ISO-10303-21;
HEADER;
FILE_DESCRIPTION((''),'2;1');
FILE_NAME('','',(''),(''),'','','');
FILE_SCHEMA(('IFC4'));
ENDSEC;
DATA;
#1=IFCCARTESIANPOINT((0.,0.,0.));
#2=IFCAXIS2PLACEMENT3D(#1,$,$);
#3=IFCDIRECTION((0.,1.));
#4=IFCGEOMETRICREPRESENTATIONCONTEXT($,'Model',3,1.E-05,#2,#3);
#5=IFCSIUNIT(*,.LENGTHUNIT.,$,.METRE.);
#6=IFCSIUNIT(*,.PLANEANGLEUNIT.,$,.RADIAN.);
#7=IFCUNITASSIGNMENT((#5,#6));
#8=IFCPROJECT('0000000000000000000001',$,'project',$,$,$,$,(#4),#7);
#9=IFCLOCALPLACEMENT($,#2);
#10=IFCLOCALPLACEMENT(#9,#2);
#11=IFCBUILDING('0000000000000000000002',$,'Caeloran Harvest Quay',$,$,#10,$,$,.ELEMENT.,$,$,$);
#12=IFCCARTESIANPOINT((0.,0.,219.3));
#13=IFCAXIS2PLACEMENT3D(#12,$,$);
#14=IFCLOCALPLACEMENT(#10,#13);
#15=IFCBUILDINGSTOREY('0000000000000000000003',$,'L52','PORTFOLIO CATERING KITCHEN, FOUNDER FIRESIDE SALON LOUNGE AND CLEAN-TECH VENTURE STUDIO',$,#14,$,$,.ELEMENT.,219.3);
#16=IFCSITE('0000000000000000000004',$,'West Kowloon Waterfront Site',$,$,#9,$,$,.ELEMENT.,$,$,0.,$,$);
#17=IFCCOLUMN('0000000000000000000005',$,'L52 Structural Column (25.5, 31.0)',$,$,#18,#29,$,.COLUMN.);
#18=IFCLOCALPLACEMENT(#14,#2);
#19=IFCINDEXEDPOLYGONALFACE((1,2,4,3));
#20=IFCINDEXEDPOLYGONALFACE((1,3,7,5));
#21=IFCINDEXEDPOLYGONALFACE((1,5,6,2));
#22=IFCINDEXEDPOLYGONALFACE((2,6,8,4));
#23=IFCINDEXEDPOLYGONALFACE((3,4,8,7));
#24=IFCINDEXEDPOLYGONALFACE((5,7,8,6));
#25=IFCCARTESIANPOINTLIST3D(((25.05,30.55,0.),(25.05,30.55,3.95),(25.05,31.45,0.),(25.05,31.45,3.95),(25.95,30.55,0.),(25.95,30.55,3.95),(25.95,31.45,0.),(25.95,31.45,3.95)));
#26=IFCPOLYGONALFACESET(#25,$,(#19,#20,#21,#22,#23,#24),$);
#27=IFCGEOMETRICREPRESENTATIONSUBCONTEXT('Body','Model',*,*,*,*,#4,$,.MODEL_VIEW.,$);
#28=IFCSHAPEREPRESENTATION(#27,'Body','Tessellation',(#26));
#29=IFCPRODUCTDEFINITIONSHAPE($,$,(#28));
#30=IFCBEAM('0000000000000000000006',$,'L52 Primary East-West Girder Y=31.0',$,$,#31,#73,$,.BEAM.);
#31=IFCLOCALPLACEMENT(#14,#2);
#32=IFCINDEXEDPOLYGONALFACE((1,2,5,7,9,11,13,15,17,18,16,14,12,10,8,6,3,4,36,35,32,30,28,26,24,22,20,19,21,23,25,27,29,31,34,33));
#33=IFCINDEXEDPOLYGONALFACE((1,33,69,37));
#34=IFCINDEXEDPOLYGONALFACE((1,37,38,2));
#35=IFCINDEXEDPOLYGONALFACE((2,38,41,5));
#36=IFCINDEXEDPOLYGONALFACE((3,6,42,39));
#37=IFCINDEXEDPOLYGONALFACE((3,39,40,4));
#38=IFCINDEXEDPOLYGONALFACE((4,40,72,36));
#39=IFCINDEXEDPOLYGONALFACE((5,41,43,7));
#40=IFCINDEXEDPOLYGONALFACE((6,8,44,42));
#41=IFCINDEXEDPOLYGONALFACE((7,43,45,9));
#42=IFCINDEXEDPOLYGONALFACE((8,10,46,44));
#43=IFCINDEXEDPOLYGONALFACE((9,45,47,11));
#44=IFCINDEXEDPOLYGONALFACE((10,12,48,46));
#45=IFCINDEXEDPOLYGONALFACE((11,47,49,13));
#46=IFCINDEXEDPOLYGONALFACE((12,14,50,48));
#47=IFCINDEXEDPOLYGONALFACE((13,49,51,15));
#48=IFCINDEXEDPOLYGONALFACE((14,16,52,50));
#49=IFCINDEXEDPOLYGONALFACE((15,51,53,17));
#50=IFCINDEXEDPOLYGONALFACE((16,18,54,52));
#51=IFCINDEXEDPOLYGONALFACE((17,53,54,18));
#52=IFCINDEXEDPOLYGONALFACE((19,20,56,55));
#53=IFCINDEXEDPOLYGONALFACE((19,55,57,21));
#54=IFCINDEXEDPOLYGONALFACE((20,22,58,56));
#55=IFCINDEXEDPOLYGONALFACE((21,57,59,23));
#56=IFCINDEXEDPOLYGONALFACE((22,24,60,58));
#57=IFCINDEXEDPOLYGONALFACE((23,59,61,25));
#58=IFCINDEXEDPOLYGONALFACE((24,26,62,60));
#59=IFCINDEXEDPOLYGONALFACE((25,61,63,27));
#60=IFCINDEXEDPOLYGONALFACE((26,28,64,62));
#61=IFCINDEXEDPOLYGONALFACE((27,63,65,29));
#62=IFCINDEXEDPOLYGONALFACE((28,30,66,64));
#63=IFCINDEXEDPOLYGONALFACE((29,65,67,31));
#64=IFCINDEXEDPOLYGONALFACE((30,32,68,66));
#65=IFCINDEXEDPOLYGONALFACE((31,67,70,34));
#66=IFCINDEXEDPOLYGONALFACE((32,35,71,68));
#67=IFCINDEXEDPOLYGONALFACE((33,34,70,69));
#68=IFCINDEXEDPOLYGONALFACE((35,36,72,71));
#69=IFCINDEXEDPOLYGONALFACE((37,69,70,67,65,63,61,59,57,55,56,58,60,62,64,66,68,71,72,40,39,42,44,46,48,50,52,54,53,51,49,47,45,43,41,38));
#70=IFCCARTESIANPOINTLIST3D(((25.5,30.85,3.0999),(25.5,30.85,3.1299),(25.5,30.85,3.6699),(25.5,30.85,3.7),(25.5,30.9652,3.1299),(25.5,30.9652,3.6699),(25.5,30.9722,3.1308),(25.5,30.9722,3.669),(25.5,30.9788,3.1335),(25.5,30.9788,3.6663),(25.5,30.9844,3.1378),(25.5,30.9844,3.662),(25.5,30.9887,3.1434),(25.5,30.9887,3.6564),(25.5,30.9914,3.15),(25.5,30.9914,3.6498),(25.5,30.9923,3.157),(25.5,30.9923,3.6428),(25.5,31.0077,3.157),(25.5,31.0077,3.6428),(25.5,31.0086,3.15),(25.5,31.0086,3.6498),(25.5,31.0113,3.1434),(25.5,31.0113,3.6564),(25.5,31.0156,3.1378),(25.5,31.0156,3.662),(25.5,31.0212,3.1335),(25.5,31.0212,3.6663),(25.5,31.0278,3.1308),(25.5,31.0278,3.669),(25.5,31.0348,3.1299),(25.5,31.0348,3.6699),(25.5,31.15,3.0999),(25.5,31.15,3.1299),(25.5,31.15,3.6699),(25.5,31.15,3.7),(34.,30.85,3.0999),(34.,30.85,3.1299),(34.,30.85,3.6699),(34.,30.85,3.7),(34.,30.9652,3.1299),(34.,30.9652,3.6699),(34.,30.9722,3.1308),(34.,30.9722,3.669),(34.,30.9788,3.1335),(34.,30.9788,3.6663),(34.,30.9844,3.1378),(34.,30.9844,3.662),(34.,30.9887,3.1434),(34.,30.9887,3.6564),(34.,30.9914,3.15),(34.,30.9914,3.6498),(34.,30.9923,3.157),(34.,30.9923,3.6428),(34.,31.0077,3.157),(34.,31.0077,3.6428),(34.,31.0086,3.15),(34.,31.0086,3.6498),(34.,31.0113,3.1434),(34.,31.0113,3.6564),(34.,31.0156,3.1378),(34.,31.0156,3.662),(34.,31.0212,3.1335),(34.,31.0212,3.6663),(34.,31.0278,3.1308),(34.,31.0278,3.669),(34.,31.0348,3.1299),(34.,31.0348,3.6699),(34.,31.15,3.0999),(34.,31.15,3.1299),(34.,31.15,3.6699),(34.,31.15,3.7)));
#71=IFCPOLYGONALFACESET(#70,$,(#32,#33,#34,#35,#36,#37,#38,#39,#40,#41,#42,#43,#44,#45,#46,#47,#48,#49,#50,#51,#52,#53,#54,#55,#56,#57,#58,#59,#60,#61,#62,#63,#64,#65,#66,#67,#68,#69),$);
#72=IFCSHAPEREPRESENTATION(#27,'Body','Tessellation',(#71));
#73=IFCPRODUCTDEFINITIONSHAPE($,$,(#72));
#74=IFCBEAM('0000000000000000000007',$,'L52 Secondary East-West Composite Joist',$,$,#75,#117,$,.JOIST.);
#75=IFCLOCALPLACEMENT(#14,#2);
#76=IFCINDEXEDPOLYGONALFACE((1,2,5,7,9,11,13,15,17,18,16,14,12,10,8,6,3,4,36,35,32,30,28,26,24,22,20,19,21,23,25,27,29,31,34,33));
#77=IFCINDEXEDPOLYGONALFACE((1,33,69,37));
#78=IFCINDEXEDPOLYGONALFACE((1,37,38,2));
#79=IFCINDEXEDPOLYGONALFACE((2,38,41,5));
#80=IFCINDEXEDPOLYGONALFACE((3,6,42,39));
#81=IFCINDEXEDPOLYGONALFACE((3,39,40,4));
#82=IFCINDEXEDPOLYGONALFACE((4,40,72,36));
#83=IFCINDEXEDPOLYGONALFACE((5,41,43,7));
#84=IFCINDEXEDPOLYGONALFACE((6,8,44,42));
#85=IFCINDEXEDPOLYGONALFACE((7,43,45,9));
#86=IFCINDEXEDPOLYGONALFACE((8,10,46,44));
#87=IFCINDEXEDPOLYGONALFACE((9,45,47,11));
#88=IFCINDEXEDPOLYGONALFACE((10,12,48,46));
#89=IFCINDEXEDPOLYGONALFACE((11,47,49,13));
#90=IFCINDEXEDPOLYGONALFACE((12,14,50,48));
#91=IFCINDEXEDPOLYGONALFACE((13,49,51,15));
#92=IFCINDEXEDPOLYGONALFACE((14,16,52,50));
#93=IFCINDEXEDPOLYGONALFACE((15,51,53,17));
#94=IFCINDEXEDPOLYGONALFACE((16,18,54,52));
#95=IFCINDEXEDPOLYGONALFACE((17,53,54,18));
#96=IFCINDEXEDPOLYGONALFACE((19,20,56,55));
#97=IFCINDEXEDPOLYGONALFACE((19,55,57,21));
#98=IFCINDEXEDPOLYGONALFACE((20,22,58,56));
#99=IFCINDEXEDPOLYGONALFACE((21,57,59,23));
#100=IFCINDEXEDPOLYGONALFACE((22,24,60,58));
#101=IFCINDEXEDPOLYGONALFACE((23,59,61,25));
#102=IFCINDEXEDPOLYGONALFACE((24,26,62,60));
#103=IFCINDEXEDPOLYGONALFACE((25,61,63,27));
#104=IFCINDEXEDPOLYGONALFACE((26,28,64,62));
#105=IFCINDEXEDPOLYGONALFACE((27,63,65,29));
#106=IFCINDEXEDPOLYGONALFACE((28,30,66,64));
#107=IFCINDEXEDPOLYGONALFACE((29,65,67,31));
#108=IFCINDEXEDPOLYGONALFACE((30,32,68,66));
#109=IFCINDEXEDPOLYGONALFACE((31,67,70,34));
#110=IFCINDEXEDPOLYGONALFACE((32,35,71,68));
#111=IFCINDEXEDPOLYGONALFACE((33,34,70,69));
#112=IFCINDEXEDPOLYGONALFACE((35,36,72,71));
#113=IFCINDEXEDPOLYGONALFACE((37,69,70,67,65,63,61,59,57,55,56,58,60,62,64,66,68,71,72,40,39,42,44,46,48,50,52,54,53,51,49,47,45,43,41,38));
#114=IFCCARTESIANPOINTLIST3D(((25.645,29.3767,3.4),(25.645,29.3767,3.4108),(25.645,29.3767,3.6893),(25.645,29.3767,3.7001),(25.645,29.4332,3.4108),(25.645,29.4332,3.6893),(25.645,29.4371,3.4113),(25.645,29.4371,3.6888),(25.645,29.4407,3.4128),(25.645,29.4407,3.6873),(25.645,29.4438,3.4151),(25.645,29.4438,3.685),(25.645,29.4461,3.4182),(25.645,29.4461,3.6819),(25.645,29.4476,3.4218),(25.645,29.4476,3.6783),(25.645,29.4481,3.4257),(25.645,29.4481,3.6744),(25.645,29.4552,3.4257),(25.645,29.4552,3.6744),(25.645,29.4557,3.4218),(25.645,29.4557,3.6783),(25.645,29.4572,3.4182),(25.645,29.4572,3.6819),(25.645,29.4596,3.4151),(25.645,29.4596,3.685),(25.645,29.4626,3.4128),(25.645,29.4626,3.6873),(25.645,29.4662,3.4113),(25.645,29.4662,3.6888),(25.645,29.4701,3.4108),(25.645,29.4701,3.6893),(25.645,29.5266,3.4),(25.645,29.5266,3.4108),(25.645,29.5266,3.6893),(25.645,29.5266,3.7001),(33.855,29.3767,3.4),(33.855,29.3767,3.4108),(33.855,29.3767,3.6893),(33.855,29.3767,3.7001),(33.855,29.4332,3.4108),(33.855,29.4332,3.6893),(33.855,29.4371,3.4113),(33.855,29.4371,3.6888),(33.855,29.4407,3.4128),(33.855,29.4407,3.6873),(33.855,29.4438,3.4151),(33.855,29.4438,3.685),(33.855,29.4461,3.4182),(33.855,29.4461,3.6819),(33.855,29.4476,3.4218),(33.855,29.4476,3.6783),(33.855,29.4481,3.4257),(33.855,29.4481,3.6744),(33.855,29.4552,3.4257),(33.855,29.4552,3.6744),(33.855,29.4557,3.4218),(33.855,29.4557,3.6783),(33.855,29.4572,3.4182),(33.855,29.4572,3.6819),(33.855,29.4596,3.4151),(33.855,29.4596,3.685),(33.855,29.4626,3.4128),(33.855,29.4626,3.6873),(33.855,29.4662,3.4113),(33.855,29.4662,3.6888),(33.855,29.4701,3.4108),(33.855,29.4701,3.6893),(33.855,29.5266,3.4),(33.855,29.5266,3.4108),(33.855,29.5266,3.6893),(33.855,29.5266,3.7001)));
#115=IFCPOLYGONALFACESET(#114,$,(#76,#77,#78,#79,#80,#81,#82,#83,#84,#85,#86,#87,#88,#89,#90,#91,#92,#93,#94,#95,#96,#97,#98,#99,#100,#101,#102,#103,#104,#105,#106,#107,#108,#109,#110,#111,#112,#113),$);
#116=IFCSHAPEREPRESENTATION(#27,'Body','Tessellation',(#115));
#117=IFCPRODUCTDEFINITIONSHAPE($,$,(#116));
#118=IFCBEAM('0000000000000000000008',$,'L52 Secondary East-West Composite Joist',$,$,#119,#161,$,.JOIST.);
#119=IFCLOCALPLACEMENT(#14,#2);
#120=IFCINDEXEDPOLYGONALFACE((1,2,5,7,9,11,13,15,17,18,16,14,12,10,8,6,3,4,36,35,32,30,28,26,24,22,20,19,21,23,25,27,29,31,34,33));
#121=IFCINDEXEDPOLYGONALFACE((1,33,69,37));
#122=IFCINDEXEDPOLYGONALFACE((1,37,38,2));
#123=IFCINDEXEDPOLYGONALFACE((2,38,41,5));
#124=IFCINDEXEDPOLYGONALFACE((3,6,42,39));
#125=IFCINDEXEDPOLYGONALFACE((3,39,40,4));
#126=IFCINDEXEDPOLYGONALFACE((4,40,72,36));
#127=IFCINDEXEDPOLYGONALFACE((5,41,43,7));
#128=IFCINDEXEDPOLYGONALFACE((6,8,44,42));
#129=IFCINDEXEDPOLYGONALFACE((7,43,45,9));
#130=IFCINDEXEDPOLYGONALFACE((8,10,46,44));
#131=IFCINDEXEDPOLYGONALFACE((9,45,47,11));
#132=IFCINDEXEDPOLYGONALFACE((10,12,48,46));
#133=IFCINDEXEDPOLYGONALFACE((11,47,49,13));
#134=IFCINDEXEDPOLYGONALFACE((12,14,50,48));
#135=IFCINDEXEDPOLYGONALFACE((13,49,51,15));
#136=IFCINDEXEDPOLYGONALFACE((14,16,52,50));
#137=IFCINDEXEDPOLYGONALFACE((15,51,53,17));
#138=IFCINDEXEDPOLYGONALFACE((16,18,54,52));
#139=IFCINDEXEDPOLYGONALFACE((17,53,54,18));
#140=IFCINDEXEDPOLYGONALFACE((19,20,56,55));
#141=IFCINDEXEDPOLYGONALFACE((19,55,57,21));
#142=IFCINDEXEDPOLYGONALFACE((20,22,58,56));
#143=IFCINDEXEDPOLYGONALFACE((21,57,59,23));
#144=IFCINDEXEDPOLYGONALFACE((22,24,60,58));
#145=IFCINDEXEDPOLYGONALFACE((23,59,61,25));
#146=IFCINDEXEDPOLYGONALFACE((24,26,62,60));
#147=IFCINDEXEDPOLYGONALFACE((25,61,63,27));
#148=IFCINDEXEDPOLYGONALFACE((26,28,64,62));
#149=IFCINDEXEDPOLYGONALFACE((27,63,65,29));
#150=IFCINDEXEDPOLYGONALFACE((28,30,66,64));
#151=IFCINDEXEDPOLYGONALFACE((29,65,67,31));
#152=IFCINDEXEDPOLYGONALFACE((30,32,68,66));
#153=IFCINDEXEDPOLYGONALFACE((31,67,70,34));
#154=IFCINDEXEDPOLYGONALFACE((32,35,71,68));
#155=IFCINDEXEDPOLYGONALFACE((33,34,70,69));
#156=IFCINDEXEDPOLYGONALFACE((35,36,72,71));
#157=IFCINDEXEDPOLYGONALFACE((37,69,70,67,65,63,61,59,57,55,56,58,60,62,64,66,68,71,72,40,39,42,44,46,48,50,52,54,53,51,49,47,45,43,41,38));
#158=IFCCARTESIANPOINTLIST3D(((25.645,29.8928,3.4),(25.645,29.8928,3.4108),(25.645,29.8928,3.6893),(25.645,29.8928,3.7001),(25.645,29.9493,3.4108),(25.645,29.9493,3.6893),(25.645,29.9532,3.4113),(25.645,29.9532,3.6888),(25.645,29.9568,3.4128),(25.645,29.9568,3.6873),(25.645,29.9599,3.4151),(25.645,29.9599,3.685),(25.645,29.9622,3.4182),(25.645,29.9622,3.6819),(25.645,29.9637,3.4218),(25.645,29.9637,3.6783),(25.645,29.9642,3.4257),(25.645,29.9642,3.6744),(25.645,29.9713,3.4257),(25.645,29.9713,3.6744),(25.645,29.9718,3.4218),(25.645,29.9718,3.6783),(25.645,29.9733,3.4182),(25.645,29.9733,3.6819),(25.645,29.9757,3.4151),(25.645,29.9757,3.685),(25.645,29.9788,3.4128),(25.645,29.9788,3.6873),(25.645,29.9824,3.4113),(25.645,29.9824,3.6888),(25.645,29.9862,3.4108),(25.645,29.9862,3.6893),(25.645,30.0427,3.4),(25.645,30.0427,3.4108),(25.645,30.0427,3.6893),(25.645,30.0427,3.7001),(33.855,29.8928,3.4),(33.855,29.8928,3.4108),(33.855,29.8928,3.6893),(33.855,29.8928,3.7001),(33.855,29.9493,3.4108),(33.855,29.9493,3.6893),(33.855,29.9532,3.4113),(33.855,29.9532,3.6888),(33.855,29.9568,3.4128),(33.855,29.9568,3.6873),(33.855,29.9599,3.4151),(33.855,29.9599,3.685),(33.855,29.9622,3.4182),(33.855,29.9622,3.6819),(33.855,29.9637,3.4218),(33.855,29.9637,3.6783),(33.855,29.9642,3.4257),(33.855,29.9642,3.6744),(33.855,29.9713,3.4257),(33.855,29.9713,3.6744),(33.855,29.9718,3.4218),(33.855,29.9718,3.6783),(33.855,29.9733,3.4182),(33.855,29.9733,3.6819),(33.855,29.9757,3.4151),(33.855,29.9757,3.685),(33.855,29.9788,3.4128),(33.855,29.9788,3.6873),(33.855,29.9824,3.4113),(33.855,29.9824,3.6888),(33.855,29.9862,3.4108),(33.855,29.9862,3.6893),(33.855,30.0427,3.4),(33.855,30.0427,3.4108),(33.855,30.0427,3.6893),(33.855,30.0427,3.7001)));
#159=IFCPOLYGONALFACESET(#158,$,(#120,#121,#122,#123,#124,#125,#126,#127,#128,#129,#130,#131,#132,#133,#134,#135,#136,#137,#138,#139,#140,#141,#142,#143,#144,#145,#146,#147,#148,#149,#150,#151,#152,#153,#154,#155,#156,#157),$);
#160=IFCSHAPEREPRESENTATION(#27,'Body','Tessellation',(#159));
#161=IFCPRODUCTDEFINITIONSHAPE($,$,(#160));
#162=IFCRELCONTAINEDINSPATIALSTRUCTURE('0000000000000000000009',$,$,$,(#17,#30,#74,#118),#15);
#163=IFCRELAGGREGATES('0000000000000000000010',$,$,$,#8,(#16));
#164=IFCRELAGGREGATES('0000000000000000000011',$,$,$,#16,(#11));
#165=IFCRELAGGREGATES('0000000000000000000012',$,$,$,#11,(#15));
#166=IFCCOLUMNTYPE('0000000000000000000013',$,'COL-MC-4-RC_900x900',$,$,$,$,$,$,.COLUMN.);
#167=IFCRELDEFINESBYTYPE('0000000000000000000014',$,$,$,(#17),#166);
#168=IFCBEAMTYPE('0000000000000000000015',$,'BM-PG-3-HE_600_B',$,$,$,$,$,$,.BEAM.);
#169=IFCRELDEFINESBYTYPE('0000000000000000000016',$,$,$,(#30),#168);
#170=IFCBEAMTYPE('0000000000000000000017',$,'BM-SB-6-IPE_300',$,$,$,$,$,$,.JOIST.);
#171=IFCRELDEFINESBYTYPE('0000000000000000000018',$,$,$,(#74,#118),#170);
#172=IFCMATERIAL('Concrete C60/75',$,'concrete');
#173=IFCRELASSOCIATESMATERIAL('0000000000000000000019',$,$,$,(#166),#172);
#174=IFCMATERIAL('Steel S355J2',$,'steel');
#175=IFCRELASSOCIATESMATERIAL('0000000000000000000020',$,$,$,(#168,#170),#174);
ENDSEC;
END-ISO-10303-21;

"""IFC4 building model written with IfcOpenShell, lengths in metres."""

from ifc_helpers import new_model, si_unit, direction, frame, origin, origin_2d, place, context, subcontext, project, spatial, rectangle, i_section, extrude, material, material_profile, profile_set, type_object, element, save


model = new_model("IFC4")

# Units and contexts
model_context = context("Model", 3, precision=1e-05, world=origin(), true_north=direction((0.0, 1.0)))
body_context = subcontext(model_context, "Body", "Model", "MODEL_VIEW")
ifc_project = project(units=[si_unit("LENGTHUNIT", "METRE"), si_unit("PLANEANGLEUNIT", "RADIAN")], contexts=[model_context])

# Site, building, storey
site_placement = place(None, origin())
site = spatial("IfcSite", under=ifc_project, at=site_placement, Name="West Kowloon Waterfront Site", CompositionType="ELEMENT", RefElevation=0.0)
building_placement = place(site_placement, origin())
building = spatial("IfcBuilding", under=site, at=building_placement, Name="Caeloran Harvest Quay", CompositionType="ELEMENT")
storey_placement = place(building_placement, frame((0.0, 0.0, 219.3)))
storey = spatial("IfcBuildingStorey", under=building, at=storey_placement, Name="L52", Description="PORTFOLIO CATERING KITCHEN, FOUNDER FIRESIDE SALON LOUNGE AND CLEAN-TECH VENTURE STUDIO", CompositionType="ELEMENT", Elevation=219.3)

# Column
ifc_material_1 = material(Name="Concrete C60/75", Category="concrete")
ifc_material_profile_1 = material_profile(ifc_material_1, rectangle(XDim=0.8999, YDim=0.8999, at=origin_2d()), Name="RC 900x900")
ifc_profile_set_1 = profile_set([ifc_material_profile_1], Name="Concrete C60/75")
column_type = type_object("IfcColumnType", Name="COL-MC-4-RC_900x900", PredefinedType="COLUMN", material=ifc_profile_set_1)
column_placement = place(storey_placement, frame((25.5, 31.0, 0.0), z_axis=(0.0, 0.0, 1.0), x_axis=(1.0, 0.0, 0.0)))
element("IfcColumn", 1, at=column_placement, inside=storey, type_object=column_type, Name="L52 Structural Column (25.5, 31.0)", PredefinedType="COLUMN", context=body_context, shape_type="SweptSolid", body=[
    extrude(rectangle(XDim=0.8999, YDim=0.8999, at=origin_2d()), origin(), (0.0, 0.0, 1.0), 3.95),
])

# Beams
ifc_material_2 = material(Name="Steel S355J2", Category="steel")
ifc_material_profile_2 = material_profile(ifc_material_2, i_section(OverallWidth=0.3, OverallDepth=0.6001, WebThickness=0.0154, FlangeThickness=0.03, FilletRadius=0.0271, at=origin_2d()), Name="HE 600 B")
ifc_profile_set_2 = profile_set([ifc_material_profile_2], Name="Steel S355J2")
beam_type_1 = type_object("IfcBeamType", Name="BM-PG-3-HE_600_B", PredefinedType="BEAM", material=ifc_profile_set_2)
beam_placement = place(storey_placement, frame((25.5, 31.0, 3.3999), z_axis=(1.0, 0.0, 0.0), x_axis=(0.0, 1.0, 0.0)))
element("IfcBeam", 2, at=beam_placement, inside=storey, type_object=beam_type_1, Name="L52 Primary East-West Girder Y=31.0", PredefinedType="BEAM", context=body_context, shape_type="SweptSolid", body=[
    extrude(i_section(OverallWidth=0.3, OverallDepth=0.6001, WebThickness=0.0154, FlangeThickness=0.03, FilletRadius=0.0271, at=origin_2d()), origin(), (0.0, 0.0, 1.0), 8.5),
])
ifc_material_profile_3 = material_profile(ifc_material_2, i_section(OverallWidth=0.1499, OverallDepth=0.3, WebThickness=0.0071, FlangeThickness=0.0107, FilletRadius=0.0149, at=origin_2d()), Name="IPE 300")
ifc_profile_set_3 = profile_set([ifc_material_profile_3], Name="Steel S355J2")
beam_type_2 = type_object("IfcBeamType", Name="BM-SB-6-IPE_300", PredefinedType="JOIST", material=ifc_profile_set_3)
for number, where, z_axis, x_axis, name in (
    (3, (25.645, 29.4517, 3.55), (1.0, 0.0, 0.0), (0.0, 1.0, 0.0), "L52 Secondary East-West Composite Joist"),
    (4, (25.645, 29.9678, 3.55), (1.0, 0.0, 0.0), (0.0, 1.0, 0.0), "L52 Secondary East-West Composite Joist"),
):
    element("IfcBeam", number, at=place(storey_placement, frame(where, z_axis=z_axis, x_axis=x_axis)), inside=storey, type_object=beam_type_2, Name=name, PredefinedType="JOIST", context=body_context, shape_type="SweptSolid", body=[
        extrude(i_section(OverallWidth=0.1499, OverallDepth=0.3, WebThickness=0.0071, FlangeThickness=0.0107, FilletRadius=0.0149, at=origin_2d()), origin(), (0.0, 0.0, 1.0), 8.21),
    ])

save(model, "model.ifc")
